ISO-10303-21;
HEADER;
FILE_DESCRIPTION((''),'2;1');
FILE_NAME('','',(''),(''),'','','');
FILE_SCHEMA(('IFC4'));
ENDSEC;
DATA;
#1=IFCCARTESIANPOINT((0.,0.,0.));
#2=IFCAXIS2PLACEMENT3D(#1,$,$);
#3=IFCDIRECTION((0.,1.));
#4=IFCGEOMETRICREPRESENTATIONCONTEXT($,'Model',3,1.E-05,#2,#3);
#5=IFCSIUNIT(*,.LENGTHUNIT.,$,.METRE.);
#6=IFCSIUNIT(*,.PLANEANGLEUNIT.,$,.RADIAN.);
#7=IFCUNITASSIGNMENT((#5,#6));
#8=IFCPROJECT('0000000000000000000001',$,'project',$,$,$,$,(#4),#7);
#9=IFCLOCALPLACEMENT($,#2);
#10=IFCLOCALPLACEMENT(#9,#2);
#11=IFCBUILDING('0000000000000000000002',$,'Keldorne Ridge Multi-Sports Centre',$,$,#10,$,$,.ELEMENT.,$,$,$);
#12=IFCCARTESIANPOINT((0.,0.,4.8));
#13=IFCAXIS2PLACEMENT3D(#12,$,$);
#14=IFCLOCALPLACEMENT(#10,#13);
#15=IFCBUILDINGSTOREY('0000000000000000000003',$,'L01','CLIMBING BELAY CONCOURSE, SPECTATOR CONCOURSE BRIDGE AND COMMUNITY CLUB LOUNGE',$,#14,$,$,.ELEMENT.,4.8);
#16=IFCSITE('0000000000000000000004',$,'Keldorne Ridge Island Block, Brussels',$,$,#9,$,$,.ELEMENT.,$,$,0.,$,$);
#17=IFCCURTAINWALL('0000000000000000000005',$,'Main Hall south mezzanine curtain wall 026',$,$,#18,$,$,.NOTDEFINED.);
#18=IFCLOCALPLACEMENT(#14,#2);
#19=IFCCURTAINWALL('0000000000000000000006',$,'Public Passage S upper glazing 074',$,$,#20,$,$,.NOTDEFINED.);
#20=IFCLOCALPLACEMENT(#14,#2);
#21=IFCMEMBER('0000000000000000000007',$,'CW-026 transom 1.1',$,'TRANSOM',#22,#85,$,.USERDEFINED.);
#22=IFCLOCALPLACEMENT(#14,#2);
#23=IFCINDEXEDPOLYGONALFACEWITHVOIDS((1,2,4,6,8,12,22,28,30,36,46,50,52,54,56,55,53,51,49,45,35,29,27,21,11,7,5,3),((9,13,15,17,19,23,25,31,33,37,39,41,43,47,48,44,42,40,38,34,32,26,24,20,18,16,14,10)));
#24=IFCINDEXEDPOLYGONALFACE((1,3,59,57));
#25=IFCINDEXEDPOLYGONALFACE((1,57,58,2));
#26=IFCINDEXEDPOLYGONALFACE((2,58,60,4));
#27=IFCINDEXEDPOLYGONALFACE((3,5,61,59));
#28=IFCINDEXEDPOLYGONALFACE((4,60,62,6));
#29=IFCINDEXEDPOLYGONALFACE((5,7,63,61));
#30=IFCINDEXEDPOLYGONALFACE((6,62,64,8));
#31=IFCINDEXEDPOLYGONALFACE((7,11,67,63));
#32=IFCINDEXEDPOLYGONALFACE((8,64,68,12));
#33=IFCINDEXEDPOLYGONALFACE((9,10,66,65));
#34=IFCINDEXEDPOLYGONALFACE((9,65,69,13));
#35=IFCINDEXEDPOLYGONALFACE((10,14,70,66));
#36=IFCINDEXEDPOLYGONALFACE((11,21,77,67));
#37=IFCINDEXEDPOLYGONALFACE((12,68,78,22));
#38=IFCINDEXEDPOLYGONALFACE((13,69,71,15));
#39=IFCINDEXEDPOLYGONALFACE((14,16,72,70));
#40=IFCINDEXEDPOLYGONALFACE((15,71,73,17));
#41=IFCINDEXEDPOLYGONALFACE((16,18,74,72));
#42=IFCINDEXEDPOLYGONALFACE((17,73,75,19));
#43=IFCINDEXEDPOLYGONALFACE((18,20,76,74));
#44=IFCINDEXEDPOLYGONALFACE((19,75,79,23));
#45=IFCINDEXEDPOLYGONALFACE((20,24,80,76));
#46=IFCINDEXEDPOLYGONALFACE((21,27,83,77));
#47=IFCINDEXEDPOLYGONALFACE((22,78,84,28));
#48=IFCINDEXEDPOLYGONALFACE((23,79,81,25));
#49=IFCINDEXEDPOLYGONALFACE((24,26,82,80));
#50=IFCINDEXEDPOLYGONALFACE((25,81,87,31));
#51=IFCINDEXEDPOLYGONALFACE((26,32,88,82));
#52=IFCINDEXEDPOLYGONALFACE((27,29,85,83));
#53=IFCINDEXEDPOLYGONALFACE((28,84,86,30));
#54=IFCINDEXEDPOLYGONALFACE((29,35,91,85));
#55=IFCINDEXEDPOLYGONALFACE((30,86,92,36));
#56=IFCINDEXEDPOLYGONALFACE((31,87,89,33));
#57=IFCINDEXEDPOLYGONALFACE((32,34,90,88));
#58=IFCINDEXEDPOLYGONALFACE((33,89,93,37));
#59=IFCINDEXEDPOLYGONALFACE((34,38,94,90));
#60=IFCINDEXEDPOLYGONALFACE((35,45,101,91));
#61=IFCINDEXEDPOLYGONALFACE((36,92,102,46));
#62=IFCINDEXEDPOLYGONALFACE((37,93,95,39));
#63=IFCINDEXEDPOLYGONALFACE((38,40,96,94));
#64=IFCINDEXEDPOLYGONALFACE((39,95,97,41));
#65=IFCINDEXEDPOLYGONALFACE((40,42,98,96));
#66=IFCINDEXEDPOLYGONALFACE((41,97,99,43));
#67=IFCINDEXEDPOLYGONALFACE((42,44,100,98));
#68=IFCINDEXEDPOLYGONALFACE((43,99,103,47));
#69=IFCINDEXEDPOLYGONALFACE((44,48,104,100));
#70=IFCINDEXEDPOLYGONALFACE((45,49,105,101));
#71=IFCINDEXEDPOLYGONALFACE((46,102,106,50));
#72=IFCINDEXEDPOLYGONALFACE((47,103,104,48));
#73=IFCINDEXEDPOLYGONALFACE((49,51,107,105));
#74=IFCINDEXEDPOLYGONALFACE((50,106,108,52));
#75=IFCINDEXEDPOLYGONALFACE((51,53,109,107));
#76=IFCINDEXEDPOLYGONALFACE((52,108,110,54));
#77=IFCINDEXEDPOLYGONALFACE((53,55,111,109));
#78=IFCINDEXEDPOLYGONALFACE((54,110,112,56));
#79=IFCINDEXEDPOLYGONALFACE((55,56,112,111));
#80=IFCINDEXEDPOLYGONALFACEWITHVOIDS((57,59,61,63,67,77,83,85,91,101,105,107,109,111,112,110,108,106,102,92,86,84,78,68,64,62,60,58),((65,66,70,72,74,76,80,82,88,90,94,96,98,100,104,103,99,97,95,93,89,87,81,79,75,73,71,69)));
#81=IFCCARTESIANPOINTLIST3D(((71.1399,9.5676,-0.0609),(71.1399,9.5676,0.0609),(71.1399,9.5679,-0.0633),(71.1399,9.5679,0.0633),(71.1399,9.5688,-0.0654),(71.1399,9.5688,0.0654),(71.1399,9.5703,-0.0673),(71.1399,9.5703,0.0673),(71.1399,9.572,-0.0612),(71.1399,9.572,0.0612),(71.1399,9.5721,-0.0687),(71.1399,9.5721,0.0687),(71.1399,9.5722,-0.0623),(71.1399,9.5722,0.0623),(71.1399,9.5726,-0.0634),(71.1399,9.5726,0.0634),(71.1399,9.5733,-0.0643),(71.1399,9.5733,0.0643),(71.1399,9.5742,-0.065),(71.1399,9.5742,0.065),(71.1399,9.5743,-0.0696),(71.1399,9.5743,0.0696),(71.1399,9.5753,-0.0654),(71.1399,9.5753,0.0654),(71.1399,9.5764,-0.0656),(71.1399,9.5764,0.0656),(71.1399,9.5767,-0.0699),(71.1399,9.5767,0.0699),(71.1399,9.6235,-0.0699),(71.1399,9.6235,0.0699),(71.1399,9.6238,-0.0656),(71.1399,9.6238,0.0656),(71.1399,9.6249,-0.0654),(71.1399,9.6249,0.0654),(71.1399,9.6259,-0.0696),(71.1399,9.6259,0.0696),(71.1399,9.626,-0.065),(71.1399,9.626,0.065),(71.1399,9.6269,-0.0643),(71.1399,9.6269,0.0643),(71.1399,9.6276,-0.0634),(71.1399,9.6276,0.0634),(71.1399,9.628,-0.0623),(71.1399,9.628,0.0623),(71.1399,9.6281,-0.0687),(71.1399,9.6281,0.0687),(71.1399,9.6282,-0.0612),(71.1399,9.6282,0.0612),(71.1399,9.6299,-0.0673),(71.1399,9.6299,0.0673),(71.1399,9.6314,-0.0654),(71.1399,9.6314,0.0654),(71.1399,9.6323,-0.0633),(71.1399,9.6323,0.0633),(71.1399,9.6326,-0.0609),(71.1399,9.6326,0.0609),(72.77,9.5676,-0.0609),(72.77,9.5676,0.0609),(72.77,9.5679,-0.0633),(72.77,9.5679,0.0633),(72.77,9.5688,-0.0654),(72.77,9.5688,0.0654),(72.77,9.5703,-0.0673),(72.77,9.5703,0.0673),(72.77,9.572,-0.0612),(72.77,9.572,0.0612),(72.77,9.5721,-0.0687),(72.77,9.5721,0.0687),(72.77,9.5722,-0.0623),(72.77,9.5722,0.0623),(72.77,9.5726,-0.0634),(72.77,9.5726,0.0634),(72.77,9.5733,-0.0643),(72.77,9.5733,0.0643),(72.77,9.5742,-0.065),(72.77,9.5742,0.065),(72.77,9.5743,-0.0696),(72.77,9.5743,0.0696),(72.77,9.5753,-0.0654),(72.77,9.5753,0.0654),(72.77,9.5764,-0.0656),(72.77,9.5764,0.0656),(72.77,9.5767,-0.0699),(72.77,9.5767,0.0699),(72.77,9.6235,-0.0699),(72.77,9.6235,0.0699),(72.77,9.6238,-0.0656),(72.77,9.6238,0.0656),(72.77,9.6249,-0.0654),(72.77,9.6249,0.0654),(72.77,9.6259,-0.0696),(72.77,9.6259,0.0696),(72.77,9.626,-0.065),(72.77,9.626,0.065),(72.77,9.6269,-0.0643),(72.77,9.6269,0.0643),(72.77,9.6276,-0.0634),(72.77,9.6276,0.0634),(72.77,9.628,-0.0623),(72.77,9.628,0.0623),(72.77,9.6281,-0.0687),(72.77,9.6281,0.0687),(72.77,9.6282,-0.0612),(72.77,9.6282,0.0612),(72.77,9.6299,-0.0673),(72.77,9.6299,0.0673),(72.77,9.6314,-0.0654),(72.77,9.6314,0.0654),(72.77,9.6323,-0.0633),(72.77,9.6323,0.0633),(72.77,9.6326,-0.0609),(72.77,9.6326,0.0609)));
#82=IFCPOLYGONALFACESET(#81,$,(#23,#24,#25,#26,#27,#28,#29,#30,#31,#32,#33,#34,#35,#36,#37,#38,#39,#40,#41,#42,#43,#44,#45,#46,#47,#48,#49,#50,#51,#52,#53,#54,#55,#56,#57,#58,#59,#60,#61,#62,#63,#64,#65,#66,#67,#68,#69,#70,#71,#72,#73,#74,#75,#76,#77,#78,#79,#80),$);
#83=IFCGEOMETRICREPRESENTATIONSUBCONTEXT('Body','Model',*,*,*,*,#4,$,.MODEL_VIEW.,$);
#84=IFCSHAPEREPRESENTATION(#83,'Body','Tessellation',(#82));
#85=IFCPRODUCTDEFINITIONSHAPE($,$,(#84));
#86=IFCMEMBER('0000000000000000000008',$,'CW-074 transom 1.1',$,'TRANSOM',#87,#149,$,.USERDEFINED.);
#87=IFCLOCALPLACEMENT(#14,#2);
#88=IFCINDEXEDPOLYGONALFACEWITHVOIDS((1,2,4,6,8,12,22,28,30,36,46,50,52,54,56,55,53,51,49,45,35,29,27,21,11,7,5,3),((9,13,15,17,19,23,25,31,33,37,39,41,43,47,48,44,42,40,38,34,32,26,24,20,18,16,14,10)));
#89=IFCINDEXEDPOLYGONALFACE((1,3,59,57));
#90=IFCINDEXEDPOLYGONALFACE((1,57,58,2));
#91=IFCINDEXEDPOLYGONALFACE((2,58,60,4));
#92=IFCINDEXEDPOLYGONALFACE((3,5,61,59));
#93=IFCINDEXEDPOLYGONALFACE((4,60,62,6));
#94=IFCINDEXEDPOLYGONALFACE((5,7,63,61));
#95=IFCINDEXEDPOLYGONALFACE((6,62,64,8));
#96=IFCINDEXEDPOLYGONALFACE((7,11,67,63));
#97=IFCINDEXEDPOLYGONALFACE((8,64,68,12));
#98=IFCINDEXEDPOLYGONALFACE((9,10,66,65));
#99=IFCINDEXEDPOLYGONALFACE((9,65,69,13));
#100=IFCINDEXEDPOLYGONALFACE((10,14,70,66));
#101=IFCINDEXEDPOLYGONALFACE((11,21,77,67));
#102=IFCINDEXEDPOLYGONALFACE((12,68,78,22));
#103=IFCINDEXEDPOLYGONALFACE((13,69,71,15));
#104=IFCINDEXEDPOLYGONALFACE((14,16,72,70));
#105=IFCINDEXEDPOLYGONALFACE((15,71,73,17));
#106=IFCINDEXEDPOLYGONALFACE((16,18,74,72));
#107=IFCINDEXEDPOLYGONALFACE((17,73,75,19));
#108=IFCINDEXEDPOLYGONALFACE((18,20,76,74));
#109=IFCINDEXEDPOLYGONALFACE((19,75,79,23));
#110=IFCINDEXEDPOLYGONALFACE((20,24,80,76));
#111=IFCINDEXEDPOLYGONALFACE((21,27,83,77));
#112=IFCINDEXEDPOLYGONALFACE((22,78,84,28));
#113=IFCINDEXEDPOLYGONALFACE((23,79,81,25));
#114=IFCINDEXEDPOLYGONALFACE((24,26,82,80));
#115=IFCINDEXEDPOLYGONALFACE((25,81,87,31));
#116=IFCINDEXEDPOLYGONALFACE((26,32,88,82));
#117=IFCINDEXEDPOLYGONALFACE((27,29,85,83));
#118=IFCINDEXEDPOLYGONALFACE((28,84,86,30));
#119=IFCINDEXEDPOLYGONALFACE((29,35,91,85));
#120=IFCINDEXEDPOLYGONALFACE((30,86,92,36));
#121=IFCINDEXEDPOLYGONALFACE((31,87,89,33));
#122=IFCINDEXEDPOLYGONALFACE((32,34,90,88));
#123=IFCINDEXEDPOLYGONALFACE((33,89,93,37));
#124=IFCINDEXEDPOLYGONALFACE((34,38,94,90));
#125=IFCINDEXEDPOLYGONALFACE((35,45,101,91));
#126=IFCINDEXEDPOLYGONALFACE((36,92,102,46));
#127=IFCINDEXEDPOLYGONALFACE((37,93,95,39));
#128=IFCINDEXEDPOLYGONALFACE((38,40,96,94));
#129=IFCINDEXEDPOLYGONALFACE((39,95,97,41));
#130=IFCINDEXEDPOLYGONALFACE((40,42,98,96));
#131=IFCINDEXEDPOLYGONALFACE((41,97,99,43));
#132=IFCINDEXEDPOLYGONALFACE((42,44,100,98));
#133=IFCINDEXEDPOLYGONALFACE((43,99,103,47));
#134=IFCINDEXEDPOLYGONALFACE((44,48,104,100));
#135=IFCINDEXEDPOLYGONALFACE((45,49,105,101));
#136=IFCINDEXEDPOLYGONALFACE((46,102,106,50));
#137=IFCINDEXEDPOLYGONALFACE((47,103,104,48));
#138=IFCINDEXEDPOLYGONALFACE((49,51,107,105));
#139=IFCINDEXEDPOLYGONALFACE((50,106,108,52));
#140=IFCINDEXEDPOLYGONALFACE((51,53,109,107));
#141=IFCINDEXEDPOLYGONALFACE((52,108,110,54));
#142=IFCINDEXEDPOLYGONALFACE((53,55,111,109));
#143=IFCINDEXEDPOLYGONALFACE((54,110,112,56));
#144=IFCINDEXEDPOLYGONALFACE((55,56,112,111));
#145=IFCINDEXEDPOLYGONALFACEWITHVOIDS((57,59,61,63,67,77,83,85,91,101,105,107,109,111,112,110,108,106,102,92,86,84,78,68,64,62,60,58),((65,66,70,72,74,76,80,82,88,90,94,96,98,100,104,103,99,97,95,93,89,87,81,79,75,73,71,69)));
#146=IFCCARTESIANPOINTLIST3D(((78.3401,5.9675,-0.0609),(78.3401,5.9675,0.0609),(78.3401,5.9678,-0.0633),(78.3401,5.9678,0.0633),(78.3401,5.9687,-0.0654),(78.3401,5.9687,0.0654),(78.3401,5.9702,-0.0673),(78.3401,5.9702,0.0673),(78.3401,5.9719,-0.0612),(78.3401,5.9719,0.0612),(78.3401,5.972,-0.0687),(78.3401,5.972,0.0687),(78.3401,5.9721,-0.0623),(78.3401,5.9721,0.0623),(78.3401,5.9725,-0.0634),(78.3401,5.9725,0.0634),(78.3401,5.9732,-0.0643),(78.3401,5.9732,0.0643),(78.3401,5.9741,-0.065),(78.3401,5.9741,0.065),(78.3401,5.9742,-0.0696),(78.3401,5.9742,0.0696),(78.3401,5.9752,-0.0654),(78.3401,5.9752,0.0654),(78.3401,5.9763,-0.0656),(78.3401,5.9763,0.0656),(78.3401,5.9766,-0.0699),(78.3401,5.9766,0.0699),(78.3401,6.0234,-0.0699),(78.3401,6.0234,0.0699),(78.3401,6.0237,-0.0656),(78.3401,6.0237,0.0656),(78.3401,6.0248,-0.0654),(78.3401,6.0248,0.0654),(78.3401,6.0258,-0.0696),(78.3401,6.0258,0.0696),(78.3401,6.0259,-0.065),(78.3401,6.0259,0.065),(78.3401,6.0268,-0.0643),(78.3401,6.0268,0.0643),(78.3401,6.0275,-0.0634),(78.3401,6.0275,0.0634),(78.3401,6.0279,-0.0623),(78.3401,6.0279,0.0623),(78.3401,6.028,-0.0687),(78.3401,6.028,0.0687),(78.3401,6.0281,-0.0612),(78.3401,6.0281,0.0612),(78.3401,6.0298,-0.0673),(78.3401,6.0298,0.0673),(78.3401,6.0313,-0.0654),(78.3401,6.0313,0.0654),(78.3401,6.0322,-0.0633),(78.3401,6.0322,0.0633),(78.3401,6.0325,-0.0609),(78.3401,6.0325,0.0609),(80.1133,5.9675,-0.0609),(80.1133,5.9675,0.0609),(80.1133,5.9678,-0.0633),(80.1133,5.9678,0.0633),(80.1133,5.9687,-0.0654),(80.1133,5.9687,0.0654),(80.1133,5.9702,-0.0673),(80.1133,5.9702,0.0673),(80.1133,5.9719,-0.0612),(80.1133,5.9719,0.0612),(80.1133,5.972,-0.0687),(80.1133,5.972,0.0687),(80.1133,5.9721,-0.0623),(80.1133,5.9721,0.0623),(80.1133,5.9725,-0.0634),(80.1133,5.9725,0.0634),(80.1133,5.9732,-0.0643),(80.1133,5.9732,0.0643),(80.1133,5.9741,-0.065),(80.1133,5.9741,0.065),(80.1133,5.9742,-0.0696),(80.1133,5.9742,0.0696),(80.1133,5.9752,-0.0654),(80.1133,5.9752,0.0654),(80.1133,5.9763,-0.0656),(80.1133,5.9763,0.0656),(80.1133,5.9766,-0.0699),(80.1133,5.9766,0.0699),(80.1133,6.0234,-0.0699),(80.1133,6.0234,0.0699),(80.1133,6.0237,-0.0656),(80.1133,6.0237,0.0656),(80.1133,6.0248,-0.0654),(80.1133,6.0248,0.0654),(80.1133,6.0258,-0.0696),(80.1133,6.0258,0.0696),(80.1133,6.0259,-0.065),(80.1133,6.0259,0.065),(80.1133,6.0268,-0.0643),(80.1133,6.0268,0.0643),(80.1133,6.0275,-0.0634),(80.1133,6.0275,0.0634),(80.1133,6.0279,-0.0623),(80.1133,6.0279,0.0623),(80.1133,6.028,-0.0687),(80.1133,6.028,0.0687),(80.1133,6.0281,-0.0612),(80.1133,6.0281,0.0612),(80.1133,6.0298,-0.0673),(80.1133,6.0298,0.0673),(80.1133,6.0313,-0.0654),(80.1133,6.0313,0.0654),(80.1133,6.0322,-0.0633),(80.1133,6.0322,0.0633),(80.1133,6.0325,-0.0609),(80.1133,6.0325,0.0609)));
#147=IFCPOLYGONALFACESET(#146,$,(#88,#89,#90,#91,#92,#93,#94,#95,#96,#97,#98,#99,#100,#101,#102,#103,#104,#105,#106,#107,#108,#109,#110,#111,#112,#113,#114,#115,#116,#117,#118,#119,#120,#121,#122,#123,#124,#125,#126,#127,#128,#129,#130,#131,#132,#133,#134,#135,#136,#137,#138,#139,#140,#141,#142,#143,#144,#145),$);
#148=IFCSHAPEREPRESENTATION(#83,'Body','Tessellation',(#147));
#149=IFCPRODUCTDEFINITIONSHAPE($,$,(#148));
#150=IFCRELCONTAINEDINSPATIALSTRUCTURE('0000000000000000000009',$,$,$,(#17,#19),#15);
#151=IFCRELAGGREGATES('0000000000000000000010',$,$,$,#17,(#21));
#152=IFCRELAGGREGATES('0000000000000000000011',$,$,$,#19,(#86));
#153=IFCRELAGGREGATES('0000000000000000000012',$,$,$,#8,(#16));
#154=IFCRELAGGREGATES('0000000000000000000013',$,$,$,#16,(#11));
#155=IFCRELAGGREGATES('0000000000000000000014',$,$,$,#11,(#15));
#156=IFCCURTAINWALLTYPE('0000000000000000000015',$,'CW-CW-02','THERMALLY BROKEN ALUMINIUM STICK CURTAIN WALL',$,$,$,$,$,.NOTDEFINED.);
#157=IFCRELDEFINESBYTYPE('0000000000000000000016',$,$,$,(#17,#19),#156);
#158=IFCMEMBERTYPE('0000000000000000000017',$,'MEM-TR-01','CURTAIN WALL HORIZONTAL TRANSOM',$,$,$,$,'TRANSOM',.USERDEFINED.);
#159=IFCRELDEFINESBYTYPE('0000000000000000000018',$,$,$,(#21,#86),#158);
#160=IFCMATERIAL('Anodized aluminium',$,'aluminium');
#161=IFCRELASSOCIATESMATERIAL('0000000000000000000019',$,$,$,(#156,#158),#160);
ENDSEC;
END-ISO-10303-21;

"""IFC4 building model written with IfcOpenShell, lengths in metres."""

from ifc_helpers import new_model, si_unit, direction, frame, origin, origin_2d, place, context, subcontext, project, spatial, hollow_rectangle, extrude, material, material_profile, profile_set, type_object, element, aggregate, save


model = new_model("IFC4")

# Units and contexts
model_context = context("Model", 3, precision=1e-05, world=origin(), true_north=direction((0.0, 1.0)))
body_context = subcontext(model_context, "Body", "Model", "MODEL_VIEW")
ifc_project = project(units=[si_unit("LENGTHUNIT", "METRE"), si_unit("PLANEANGLEUNIT", "RADIAN")], contexts=[model_context])

# Site, building, storey
site_placement = place(None, origin())
site = spatial("IfcSite", under=ifc_project, at=site_placement, Name="Keldorne Ridge Island Block, Brussels", CompositionType="ELEMENT", RefElevation=0.0)
building_placement = place(site_placement, origin())
building = spatial("IfcBuilding", under=site, at=building_placement, Name="Keldorne Ridge Multi-Sports Centre", CompositionType="ELEMENT")
storey_placement = place(building_placement, frame((0.0, 0.0, 4.8)))
storey = spatial("IfcBuildingStorey", under=building, at=storey_placement, Name="L01", Description="CLIMBING BELAY CONCOURSE, SPECTATOR CONCOURSE BRIDGE AND COMMUNITY CLUB LOUNGE", CompositionType="ELEMENT", Elevation=4.8)

# Shared definitions
ifc_material_1 = material(Name="Anodized aluminium", Category="aluminium")

# Curtain walls
curtain_wall_type_1 = type_object("IfcCurtainWallType", Name="CW-CW-02", Description="THERMALLY BROKEN ALUMINIUM STICK CURTAIN WALL", PredefinedType="NOTDEFINED", material=ifc_material_1)
curtain_wall_1_placement = place(storey_placement, origin())
curtain_wall_1 = element("IfcCurtainWall", 1, at=curtain_wall_1_placement, inside=storey, type_object=curtain_wall_type_1, Name="Main Hall south mezzanine curtain wall 026", PredefinedType="NOTDEFINED")
curtain_wall_2_placement = place(storey_placement, origin())
curtain_wall_2 = element("IfcCurtainWall", 2, at=curtain_wall_2_placement, inside=storey, type_object=curtain_wall_type_1, Name="Public Passage S upper glazing 074", PredefinedType="NOTDEFINED")

# Members
ifc_material_profile_1 = material_profile(ifc_material_1, hollow_rectangle(XDim=0.0649, YDim=0.1399, WallThickness=0.0044, InnerFilletRadius=0.0044, OuterFilletRadius=0.009, at=origin_2d()), Name="ALU TRANSOM 140x65x4.5")
ifc_profile_set_1 = profile_set([ifc_material_profile_1], Name="Anodized aluminium")
member_type_1 = type_object("IfcMemberType", Name="MEM-TR-01", Description="CURTAIN WALL HORIZONTAL TRANSOM", ElementType="TRANSOM", PredefinedType="USERDEFINED", material=ifc_profile_set_1)
member_1_placement = place(storey_placement, frame((71.1399, 9.6001, 0.0), z_axis=(1.0, 0.0, 0.0), x_axis=(0.0, 1.0, 0.0)))
member_1 = element("IfcMember", 3, at=member_1_placement, type_object=member_type_1, Name="CW-026 transom 1.1", ObjectType="TRANSOM", PredefinedType="USERDEFINED", context=body_context, shape_type="SweptSolid", body=[
    extrude(hollow_rectangle(XDim=0.0649, YDim=0.1399, WallThickness=0.0044, InnerFilletRadius=0.0044, OuterFilletRadius=0.009, at=origin_2d()), origin(), (0.0, 0.0, 1.0), 1.6301),
])
aggregate(curtain_wall_1, [member_1])
member_2_placement = place(storey_placement, frame((78.3401, 6.0, 0.0), z_axis=(1.0, 0.0, 0.0), x_axis=(0.0, 1.0, 0.0)))
member_2 = element("IfcMember", 4, at=member_2_placement, type_object=member_type_1, Name="CW-074 transom 1.1", ObjectType="TRANSOM", PredefinedType="USERDEFINED", context=body_context, shape_type="SweptSolid", body=[
    extrude(hollow_rectangle(XDim=0.0649, YDim=0.1399, WallThickness=0.0044, InnerFilletRadius=0.0044, OuterFilletRadius=0.009, at=origin_2d()), origin(), (0.0, 0.0, 1.0), 1.7732),
])

aggregate(curtain_wall_2, [member_2])

save(model, "model.ifc")
